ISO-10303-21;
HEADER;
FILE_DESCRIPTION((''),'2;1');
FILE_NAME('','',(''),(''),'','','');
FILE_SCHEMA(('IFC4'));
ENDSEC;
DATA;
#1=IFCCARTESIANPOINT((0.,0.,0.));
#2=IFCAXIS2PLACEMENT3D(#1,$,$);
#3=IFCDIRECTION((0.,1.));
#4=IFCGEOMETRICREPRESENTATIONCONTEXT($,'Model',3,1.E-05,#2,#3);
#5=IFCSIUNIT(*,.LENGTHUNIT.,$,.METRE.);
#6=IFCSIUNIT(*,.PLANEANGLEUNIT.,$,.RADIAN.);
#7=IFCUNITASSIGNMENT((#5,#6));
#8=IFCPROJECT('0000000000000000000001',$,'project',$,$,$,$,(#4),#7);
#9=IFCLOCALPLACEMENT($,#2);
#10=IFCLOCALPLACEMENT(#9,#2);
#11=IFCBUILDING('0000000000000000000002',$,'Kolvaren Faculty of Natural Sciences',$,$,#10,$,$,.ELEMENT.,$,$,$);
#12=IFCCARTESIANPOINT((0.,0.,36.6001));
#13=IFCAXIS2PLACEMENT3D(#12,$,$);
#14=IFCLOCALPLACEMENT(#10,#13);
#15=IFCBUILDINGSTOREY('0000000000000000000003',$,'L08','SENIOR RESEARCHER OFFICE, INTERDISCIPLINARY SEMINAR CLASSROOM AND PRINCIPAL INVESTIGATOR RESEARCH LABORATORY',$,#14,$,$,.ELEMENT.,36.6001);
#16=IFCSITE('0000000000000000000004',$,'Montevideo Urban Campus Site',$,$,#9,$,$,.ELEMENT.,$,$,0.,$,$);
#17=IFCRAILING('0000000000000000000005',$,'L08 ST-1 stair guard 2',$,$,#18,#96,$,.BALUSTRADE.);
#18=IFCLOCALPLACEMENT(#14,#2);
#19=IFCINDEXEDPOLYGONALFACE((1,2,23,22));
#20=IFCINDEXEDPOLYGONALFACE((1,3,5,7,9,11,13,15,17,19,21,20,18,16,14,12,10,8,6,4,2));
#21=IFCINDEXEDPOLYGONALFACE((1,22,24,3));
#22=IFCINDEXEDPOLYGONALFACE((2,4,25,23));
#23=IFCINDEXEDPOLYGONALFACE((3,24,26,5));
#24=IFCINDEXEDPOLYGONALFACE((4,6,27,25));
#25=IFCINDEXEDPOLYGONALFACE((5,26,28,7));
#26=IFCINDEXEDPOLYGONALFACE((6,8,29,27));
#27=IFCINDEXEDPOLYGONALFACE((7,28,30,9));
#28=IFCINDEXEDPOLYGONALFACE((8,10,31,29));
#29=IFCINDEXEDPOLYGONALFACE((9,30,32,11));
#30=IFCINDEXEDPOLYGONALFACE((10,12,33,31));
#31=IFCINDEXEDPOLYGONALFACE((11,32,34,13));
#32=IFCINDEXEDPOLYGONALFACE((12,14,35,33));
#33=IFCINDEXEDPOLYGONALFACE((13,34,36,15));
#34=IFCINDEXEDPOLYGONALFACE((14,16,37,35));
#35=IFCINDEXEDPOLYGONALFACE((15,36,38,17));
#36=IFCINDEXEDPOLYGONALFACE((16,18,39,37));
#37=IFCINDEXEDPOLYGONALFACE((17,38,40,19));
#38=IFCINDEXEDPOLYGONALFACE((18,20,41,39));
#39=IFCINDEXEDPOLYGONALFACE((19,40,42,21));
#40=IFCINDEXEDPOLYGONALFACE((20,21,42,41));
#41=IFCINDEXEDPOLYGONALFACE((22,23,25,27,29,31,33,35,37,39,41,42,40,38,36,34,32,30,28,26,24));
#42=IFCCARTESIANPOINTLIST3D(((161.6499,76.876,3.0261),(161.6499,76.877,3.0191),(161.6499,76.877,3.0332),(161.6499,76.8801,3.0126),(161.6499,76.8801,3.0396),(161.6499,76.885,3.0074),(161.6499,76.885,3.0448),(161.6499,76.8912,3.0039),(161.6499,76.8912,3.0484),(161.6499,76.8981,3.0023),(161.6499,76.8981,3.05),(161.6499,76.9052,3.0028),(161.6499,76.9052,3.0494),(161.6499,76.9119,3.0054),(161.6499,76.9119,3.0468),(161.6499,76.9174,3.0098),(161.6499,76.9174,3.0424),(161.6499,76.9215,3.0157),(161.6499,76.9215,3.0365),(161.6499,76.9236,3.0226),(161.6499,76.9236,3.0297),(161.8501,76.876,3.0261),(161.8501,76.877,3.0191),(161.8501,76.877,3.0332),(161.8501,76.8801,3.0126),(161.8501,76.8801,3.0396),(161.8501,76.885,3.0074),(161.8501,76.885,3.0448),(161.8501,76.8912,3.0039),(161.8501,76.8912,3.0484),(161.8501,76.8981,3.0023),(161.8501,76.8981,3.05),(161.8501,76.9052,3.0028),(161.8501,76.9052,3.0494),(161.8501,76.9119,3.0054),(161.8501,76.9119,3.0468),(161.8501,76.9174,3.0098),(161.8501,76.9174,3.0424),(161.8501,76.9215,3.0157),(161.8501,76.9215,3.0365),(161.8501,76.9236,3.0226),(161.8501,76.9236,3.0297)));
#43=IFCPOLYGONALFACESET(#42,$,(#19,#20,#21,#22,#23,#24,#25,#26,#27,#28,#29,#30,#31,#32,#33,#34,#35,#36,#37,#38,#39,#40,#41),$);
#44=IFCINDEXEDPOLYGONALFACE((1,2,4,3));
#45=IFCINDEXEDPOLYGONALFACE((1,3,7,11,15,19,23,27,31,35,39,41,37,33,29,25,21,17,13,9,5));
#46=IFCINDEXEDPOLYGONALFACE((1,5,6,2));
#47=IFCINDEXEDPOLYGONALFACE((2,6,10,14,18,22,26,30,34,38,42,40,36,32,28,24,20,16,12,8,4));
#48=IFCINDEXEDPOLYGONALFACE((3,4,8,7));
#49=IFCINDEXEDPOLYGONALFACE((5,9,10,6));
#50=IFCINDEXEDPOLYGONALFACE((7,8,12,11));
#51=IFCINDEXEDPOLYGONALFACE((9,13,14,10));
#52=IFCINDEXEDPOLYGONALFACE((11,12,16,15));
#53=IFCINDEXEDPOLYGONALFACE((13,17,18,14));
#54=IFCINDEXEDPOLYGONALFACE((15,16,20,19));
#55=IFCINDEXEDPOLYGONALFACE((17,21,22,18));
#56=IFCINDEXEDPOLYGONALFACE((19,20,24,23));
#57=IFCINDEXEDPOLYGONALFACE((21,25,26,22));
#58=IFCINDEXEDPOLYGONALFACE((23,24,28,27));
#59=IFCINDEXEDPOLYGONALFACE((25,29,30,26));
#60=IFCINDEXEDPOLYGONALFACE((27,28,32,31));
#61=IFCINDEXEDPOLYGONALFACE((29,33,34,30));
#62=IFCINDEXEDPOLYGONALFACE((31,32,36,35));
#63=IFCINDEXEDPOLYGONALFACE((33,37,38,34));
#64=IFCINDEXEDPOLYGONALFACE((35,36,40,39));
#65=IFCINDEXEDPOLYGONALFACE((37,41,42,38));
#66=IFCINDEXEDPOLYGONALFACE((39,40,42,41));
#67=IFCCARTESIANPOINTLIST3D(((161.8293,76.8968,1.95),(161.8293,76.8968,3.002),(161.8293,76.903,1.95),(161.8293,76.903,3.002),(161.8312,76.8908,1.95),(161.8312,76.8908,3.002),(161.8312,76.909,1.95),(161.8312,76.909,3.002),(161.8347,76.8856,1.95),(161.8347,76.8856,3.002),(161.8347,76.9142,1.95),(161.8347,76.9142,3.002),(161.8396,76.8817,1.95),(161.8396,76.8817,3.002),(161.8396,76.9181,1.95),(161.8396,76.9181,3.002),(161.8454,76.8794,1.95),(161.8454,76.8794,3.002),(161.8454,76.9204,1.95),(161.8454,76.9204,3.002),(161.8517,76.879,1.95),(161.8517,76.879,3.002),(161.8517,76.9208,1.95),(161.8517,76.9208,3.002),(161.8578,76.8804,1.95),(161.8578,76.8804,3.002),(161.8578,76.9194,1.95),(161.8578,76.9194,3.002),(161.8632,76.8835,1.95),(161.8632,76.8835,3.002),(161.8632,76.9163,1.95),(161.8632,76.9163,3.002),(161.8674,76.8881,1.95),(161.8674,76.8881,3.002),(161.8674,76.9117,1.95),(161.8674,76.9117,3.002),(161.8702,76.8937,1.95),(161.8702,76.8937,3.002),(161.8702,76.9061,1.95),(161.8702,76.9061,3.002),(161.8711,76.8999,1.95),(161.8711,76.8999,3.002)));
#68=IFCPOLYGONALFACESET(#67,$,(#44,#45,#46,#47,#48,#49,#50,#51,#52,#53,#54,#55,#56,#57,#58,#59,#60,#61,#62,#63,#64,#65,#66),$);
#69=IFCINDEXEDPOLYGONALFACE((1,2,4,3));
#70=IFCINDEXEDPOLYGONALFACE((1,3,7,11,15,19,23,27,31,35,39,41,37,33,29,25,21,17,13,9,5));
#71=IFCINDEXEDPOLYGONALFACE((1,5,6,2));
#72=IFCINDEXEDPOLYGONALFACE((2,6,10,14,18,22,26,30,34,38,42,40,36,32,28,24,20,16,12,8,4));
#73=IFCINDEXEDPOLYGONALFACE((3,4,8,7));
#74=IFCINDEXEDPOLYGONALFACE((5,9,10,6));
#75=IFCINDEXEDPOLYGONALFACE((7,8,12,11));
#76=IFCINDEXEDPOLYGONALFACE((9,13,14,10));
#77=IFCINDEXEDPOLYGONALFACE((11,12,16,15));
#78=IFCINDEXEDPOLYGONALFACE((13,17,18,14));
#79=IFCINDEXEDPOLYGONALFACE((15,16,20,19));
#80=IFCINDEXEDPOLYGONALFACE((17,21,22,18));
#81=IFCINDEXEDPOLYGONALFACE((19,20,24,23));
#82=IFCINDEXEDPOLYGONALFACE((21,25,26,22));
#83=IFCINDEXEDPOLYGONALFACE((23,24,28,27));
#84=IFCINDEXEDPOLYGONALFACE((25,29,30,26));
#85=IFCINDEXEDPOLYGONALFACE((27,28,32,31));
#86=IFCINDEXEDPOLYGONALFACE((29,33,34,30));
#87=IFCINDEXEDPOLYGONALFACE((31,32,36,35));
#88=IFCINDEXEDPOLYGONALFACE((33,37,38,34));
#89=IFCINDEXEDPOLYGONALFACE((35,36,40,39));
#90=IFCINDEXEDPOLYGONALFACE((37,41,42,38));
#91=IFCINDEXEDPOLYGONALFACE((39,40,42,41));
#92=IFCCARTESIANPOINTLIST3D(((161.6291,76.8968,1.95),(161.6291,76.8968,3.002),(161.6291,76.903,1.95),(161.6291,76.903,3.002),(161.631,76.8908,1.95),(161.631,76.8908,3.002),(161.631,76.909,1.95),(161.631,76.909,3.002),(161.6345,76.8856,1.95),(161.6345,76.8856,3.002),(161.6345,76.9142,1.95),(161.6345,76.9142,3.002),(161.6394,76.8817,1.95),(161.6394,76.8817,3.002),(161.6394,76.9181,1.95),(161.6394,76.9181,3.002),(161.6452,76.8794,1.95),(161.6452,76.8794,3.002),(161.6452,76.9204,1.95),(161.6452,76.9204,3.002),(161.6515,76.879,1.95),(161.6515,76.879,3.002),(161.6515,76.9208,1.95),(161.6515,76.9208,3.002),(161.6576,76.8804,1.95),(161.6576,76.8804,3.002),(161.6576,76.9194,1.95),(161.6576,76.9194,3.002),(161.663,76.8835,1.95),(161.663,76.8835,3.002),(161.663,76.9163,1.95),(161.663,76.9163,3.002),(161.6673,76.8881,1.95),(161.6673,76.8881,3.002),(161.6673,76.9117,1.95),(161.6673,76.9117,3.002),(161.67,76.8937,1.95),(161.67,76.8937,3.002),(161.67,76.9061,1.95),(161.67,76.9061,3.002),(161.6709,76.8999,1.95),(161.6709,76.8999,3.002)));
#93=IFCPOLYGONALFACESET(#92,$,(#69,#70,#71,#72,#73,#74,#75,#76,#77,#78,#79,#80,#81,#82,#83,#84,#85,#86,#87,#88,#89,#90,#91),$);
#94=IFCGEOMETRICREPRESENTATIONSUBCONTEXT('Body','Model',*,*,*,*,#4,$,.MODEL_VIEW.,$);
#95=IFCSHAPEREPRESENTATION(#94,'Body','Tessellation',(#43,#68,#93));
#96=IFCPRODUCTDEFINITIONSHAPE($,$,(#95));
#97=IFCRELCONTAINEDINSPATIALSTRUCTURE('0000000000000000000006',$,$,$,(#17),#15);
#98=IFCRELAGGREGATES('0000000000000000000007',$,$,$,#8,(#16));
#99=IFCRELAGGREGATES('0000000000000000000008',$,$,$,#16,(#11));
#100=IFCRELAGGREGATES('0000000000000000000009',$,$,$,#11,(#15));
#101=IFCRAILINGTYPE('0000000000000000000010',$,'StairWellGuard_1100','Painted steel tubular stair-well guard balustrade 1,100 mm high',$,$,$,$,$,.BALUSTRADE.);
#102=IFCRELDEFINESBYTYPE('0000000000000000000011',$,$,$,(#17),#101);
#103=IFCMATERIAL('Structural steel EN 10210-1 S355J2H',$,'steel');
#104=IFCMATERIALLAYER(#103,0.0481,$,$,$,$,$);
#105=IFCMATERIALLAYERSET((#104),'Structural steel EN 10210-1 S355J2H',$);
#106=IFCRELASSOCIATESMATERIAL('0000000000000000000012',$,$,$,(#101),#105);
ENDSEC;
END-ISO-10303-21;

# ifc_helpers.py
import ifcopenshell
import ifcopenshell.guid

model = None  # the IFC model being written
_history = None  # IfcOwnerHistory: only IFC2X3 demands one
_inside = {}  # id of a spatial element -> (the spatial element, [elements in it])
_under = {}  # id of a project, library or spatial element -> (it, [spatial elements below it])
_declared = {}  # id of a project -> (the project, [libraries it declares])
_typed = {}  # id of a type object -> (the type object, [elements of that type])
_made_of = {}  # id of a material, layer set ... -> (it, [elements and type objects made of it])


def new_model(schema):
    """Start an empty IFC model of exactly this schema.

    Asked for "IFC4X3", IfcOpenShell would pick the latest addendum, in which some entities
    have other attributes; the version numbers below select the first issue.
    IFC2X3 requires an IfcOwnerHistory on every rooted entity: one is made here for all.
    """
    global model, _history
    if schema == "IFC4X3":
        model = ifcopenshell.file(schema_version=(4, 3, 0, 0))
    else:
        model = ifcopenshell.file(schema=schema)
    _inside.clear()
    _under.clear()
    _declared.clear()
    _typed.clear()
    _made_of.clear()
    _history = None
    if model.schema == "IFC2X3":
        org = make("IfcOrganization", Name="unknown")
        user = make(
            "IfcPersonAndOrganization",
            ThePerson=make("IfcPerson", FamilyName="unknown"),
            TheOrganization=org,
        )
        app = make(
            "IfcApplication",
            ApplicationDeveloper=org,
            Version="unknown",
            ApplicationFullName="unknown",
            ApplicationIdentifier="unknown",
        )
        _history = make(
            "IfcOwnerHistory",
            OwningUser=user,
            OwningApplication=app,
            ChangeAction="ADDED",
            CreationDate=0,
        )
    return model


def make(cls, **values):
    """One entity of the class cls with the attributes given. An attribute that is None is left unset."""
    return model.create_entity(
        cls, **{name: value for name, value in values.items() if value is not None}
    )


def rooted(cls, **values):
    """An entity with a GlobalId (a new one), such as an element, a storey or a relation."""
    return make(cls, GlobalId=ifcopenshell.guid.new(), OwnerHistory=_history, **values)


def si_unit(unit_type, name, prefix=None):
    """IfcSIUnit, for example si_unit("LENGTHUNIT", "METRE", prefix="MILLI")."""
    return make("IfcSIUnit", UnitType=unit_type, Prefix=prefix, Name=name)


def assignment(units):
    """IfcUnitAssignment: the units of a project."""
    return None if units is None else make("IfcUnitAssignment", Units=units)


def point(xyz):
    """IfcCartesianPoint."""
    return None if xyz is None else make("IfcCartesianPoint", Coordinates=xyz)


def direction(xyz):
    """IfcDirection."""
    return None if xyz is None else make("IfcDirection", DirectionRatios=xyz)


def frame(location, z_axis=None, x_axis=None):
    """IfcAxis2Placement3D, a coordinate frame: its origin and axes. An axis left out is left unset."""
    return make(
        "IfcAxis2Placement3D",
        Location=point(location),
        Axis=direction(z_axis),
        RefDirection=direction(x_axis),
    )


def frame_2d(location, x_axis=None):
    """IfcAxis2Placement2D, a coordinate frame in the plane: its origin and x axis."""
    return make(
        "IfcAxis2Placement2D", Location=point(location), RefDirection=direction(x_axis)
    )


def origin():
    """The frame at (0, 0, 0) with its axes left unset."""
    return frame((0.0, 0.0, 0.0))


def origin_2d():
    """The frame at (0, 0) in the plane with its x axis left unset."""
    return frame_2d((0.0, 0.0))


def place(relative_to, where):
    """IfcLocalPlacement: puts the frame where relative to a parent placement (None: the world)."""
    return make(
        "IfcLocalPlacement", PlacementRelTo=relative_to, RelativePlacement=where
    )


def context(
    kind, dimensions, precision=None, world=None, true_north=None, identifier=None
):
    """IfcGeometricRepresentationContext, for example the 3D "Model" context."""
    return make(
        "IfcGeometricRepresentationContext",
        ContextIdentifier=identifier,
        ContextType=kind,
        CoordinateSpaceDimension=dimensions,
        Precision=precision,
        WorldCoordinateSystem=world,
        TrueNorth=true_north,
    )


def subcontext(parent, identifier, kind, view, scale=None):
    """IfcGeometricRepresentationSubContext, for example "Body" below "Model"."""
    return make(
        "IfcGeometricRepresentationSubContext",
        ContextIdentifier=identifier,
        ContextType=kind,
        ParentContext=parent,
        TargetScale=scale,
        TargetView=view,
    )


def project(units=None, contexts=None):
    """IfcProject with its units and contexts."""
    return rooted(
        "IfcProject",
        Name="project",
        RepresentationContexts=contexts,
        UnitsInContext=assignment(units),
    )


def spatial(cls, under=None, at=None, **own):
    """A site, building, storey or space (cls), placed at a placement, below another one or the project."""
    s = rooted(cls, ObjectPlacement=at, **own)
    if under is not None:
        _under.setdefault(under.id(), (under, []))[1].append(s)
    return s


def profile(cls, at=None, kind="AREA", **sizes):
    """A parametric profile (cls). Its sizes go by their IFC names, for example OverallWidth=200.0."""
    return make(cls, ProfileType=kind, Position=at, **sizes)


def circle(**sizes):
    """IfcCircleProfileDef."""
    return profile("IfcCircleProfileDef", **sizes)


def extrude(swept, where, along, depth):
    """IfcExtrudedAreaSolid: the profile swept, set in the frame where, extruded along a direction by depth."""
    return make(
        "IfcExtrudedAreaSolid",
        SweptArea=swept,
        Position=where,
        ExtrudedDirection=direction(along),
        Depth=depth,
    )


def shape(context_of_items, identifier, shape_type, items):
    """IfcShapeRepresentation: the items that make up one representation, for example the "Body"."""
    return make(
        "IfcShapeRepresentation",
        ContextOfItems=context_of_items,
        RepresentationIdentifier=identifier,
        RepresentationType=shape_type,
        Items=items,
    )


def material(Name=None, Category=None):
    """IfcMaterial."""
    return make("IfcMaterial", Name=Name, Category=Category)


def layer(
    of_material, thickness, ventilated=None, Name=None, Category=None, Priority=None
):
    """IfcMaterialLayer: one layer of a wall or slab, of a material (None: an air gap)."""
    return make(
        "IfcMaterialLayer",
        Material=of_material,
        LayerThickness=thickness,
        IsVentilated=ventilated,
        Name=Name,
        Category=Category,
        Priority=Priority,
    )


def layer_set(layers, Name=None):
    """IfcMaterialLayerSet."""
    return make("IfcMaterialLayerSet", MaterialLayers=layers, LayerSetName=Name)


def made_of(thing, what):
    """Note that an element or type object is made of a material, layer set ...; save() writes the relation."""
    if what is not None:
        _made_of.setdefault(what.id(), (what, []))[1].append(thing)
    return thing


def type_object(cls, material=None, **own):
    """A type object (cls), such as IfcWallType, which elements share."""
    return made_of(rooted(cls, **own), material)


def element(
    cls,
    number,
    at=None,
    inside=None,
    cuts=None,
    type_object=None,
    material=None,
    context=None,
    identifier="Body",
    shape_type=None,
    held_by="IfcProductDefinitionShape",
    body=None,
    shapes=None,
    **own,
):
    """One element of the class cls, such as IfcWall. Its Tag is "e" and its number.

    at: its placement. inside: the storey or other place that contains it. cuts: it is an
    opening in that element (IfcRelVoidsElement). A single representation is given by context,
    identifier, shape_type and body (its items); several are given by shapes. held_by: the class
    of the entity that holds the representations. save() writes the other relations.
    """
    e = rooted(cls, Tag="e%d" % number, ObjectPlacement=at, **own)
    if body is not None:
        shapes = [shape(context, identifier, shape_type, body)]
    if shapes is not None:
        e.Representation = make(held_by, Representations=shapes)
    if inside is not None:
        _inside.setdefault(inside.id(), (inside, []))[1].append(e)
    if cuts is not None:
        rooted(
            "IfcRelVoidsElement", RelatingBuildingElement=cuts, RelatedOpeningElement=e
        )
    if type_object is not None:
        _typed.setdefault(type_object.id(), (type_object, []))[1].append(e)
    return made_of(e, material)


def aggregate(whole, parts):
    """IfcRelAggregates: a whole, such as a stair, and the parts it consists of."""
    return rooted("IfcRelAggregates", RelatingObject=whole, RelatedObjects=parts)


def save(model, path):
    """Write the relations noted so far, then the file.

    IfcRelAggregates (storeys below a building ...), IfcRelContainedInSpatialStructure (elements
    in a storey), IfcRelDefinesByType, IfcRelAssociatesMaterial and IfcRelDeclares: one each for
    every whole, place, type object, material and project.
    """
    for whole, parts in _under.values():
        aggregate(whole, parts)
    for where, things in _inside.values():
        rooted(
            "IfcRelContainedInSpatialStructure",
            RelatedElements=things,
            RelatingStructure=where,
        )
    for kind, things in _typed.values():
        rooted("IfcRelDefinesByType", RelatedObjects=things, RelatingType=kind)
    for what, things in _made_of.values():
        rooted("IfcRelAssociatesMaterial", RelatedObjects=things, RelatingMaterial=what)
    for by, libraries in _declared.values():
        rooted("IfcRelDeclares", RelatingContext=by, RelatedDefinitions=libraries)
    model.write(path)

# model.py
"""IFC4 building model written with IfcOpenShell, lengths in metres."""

from ifc_helpers import new_model, si_unit, direction, frame, origin, origin_2d, place, context, subcontext, project, spatial, circle, extrude, material, layer, layer_set, type_object, element, save


model = new_model("IFC4")

# Units and contexts
model_context = context("Model", 3, precision=1e-05, world=origin(), true_north=direction((0.0, 1.0)))
body_context = subcontext(model_context, "Body", "Model", "MODEL_VIEW")
ifc_project = project(units=[si_unit("LENGTHUNIT", "METRE"), si_unit("PLANEANGLEUNIT", "RADIAN")], contexts=[model_context])

# Site, building, storey
site_placement = place(None, origin())
site = spatial("IfcSite", under=ifc_project, at=site_placement, Name="Montevideo Urban Campus Site", CompositionType="ELEMENT", RefElevation=0.0)
building_placement = place(site_placement, origin())
building = spatial("IfcBuilding", under=site, at=building_placement, Name="Kolvaren Faculty of Natural Sciences", CompositionType="ELEMENT")
storey_placement = place(building_placement, frame((0.0, 0.0, 36.6001)))
storey = spatial("IfcBuildingStorey", under=building, at=storey_placement, Name="L08", Description="SENIOR RESEARCHER OFFICE, INTERDISCIPLINARY SEMINAR CLASSROOM AND PRINCIPAL INVESTIGATOR RESEARCH LABORATORY", CompositionType="ELEMENT", Elevation=36.6001)

# Railing
ifc_material_1 = material(Name="Structural steel EN 10210-1 S355J2H", Category="steel")
ifc_layer_1 = layer(ifc_material_1, 0.0481)
ifc_layer_set_1 = layer_set([ifc_layer_1], Name="Structural steel EN 10210-1 S355J2H")
railing_type_1 = type_object("IfcRailingType", Name="StairWellGuard_1100", Description="Painted steel tubular stair-well guard balustrade 1,100 mm high", PredefinedType="BALUSTRADE", material=ifc_layer_set_1)
railing_1_placement = place(storey_placement, frame((161.8501, 76.8999, 1.95)))
element("IfcRailing", 1, at=railing_1_placement, inside=storey, type_object=railing_type_1, Name="L08 ST-1 stair guard 2", PredefinedType="BALUSTRADE", context=body_context, shape_type="SweptSolid", body=[
    extrude(circle(Radius=0.0239, at=origin_2d()), frame((0.0, 0.0, 1.0762), z_axis=(-1.0, 0.0, 0.0), x_axis=(0.0, -1.0, 0.0)), (0.0, 0.0, 1.0), 0.2002),
    extrude(circle(Radius=0.021, at=origin_2d()), origin(), (0.0, 0.0, 1.0), 1.052),
    extrude(circle(Radius=0.021, at=origin_2d()), frame((-0.2002, 0.0, 0.0)), (0.0, 0.0, 1.0), 1.052),
])

save(model, "model.ifc")
